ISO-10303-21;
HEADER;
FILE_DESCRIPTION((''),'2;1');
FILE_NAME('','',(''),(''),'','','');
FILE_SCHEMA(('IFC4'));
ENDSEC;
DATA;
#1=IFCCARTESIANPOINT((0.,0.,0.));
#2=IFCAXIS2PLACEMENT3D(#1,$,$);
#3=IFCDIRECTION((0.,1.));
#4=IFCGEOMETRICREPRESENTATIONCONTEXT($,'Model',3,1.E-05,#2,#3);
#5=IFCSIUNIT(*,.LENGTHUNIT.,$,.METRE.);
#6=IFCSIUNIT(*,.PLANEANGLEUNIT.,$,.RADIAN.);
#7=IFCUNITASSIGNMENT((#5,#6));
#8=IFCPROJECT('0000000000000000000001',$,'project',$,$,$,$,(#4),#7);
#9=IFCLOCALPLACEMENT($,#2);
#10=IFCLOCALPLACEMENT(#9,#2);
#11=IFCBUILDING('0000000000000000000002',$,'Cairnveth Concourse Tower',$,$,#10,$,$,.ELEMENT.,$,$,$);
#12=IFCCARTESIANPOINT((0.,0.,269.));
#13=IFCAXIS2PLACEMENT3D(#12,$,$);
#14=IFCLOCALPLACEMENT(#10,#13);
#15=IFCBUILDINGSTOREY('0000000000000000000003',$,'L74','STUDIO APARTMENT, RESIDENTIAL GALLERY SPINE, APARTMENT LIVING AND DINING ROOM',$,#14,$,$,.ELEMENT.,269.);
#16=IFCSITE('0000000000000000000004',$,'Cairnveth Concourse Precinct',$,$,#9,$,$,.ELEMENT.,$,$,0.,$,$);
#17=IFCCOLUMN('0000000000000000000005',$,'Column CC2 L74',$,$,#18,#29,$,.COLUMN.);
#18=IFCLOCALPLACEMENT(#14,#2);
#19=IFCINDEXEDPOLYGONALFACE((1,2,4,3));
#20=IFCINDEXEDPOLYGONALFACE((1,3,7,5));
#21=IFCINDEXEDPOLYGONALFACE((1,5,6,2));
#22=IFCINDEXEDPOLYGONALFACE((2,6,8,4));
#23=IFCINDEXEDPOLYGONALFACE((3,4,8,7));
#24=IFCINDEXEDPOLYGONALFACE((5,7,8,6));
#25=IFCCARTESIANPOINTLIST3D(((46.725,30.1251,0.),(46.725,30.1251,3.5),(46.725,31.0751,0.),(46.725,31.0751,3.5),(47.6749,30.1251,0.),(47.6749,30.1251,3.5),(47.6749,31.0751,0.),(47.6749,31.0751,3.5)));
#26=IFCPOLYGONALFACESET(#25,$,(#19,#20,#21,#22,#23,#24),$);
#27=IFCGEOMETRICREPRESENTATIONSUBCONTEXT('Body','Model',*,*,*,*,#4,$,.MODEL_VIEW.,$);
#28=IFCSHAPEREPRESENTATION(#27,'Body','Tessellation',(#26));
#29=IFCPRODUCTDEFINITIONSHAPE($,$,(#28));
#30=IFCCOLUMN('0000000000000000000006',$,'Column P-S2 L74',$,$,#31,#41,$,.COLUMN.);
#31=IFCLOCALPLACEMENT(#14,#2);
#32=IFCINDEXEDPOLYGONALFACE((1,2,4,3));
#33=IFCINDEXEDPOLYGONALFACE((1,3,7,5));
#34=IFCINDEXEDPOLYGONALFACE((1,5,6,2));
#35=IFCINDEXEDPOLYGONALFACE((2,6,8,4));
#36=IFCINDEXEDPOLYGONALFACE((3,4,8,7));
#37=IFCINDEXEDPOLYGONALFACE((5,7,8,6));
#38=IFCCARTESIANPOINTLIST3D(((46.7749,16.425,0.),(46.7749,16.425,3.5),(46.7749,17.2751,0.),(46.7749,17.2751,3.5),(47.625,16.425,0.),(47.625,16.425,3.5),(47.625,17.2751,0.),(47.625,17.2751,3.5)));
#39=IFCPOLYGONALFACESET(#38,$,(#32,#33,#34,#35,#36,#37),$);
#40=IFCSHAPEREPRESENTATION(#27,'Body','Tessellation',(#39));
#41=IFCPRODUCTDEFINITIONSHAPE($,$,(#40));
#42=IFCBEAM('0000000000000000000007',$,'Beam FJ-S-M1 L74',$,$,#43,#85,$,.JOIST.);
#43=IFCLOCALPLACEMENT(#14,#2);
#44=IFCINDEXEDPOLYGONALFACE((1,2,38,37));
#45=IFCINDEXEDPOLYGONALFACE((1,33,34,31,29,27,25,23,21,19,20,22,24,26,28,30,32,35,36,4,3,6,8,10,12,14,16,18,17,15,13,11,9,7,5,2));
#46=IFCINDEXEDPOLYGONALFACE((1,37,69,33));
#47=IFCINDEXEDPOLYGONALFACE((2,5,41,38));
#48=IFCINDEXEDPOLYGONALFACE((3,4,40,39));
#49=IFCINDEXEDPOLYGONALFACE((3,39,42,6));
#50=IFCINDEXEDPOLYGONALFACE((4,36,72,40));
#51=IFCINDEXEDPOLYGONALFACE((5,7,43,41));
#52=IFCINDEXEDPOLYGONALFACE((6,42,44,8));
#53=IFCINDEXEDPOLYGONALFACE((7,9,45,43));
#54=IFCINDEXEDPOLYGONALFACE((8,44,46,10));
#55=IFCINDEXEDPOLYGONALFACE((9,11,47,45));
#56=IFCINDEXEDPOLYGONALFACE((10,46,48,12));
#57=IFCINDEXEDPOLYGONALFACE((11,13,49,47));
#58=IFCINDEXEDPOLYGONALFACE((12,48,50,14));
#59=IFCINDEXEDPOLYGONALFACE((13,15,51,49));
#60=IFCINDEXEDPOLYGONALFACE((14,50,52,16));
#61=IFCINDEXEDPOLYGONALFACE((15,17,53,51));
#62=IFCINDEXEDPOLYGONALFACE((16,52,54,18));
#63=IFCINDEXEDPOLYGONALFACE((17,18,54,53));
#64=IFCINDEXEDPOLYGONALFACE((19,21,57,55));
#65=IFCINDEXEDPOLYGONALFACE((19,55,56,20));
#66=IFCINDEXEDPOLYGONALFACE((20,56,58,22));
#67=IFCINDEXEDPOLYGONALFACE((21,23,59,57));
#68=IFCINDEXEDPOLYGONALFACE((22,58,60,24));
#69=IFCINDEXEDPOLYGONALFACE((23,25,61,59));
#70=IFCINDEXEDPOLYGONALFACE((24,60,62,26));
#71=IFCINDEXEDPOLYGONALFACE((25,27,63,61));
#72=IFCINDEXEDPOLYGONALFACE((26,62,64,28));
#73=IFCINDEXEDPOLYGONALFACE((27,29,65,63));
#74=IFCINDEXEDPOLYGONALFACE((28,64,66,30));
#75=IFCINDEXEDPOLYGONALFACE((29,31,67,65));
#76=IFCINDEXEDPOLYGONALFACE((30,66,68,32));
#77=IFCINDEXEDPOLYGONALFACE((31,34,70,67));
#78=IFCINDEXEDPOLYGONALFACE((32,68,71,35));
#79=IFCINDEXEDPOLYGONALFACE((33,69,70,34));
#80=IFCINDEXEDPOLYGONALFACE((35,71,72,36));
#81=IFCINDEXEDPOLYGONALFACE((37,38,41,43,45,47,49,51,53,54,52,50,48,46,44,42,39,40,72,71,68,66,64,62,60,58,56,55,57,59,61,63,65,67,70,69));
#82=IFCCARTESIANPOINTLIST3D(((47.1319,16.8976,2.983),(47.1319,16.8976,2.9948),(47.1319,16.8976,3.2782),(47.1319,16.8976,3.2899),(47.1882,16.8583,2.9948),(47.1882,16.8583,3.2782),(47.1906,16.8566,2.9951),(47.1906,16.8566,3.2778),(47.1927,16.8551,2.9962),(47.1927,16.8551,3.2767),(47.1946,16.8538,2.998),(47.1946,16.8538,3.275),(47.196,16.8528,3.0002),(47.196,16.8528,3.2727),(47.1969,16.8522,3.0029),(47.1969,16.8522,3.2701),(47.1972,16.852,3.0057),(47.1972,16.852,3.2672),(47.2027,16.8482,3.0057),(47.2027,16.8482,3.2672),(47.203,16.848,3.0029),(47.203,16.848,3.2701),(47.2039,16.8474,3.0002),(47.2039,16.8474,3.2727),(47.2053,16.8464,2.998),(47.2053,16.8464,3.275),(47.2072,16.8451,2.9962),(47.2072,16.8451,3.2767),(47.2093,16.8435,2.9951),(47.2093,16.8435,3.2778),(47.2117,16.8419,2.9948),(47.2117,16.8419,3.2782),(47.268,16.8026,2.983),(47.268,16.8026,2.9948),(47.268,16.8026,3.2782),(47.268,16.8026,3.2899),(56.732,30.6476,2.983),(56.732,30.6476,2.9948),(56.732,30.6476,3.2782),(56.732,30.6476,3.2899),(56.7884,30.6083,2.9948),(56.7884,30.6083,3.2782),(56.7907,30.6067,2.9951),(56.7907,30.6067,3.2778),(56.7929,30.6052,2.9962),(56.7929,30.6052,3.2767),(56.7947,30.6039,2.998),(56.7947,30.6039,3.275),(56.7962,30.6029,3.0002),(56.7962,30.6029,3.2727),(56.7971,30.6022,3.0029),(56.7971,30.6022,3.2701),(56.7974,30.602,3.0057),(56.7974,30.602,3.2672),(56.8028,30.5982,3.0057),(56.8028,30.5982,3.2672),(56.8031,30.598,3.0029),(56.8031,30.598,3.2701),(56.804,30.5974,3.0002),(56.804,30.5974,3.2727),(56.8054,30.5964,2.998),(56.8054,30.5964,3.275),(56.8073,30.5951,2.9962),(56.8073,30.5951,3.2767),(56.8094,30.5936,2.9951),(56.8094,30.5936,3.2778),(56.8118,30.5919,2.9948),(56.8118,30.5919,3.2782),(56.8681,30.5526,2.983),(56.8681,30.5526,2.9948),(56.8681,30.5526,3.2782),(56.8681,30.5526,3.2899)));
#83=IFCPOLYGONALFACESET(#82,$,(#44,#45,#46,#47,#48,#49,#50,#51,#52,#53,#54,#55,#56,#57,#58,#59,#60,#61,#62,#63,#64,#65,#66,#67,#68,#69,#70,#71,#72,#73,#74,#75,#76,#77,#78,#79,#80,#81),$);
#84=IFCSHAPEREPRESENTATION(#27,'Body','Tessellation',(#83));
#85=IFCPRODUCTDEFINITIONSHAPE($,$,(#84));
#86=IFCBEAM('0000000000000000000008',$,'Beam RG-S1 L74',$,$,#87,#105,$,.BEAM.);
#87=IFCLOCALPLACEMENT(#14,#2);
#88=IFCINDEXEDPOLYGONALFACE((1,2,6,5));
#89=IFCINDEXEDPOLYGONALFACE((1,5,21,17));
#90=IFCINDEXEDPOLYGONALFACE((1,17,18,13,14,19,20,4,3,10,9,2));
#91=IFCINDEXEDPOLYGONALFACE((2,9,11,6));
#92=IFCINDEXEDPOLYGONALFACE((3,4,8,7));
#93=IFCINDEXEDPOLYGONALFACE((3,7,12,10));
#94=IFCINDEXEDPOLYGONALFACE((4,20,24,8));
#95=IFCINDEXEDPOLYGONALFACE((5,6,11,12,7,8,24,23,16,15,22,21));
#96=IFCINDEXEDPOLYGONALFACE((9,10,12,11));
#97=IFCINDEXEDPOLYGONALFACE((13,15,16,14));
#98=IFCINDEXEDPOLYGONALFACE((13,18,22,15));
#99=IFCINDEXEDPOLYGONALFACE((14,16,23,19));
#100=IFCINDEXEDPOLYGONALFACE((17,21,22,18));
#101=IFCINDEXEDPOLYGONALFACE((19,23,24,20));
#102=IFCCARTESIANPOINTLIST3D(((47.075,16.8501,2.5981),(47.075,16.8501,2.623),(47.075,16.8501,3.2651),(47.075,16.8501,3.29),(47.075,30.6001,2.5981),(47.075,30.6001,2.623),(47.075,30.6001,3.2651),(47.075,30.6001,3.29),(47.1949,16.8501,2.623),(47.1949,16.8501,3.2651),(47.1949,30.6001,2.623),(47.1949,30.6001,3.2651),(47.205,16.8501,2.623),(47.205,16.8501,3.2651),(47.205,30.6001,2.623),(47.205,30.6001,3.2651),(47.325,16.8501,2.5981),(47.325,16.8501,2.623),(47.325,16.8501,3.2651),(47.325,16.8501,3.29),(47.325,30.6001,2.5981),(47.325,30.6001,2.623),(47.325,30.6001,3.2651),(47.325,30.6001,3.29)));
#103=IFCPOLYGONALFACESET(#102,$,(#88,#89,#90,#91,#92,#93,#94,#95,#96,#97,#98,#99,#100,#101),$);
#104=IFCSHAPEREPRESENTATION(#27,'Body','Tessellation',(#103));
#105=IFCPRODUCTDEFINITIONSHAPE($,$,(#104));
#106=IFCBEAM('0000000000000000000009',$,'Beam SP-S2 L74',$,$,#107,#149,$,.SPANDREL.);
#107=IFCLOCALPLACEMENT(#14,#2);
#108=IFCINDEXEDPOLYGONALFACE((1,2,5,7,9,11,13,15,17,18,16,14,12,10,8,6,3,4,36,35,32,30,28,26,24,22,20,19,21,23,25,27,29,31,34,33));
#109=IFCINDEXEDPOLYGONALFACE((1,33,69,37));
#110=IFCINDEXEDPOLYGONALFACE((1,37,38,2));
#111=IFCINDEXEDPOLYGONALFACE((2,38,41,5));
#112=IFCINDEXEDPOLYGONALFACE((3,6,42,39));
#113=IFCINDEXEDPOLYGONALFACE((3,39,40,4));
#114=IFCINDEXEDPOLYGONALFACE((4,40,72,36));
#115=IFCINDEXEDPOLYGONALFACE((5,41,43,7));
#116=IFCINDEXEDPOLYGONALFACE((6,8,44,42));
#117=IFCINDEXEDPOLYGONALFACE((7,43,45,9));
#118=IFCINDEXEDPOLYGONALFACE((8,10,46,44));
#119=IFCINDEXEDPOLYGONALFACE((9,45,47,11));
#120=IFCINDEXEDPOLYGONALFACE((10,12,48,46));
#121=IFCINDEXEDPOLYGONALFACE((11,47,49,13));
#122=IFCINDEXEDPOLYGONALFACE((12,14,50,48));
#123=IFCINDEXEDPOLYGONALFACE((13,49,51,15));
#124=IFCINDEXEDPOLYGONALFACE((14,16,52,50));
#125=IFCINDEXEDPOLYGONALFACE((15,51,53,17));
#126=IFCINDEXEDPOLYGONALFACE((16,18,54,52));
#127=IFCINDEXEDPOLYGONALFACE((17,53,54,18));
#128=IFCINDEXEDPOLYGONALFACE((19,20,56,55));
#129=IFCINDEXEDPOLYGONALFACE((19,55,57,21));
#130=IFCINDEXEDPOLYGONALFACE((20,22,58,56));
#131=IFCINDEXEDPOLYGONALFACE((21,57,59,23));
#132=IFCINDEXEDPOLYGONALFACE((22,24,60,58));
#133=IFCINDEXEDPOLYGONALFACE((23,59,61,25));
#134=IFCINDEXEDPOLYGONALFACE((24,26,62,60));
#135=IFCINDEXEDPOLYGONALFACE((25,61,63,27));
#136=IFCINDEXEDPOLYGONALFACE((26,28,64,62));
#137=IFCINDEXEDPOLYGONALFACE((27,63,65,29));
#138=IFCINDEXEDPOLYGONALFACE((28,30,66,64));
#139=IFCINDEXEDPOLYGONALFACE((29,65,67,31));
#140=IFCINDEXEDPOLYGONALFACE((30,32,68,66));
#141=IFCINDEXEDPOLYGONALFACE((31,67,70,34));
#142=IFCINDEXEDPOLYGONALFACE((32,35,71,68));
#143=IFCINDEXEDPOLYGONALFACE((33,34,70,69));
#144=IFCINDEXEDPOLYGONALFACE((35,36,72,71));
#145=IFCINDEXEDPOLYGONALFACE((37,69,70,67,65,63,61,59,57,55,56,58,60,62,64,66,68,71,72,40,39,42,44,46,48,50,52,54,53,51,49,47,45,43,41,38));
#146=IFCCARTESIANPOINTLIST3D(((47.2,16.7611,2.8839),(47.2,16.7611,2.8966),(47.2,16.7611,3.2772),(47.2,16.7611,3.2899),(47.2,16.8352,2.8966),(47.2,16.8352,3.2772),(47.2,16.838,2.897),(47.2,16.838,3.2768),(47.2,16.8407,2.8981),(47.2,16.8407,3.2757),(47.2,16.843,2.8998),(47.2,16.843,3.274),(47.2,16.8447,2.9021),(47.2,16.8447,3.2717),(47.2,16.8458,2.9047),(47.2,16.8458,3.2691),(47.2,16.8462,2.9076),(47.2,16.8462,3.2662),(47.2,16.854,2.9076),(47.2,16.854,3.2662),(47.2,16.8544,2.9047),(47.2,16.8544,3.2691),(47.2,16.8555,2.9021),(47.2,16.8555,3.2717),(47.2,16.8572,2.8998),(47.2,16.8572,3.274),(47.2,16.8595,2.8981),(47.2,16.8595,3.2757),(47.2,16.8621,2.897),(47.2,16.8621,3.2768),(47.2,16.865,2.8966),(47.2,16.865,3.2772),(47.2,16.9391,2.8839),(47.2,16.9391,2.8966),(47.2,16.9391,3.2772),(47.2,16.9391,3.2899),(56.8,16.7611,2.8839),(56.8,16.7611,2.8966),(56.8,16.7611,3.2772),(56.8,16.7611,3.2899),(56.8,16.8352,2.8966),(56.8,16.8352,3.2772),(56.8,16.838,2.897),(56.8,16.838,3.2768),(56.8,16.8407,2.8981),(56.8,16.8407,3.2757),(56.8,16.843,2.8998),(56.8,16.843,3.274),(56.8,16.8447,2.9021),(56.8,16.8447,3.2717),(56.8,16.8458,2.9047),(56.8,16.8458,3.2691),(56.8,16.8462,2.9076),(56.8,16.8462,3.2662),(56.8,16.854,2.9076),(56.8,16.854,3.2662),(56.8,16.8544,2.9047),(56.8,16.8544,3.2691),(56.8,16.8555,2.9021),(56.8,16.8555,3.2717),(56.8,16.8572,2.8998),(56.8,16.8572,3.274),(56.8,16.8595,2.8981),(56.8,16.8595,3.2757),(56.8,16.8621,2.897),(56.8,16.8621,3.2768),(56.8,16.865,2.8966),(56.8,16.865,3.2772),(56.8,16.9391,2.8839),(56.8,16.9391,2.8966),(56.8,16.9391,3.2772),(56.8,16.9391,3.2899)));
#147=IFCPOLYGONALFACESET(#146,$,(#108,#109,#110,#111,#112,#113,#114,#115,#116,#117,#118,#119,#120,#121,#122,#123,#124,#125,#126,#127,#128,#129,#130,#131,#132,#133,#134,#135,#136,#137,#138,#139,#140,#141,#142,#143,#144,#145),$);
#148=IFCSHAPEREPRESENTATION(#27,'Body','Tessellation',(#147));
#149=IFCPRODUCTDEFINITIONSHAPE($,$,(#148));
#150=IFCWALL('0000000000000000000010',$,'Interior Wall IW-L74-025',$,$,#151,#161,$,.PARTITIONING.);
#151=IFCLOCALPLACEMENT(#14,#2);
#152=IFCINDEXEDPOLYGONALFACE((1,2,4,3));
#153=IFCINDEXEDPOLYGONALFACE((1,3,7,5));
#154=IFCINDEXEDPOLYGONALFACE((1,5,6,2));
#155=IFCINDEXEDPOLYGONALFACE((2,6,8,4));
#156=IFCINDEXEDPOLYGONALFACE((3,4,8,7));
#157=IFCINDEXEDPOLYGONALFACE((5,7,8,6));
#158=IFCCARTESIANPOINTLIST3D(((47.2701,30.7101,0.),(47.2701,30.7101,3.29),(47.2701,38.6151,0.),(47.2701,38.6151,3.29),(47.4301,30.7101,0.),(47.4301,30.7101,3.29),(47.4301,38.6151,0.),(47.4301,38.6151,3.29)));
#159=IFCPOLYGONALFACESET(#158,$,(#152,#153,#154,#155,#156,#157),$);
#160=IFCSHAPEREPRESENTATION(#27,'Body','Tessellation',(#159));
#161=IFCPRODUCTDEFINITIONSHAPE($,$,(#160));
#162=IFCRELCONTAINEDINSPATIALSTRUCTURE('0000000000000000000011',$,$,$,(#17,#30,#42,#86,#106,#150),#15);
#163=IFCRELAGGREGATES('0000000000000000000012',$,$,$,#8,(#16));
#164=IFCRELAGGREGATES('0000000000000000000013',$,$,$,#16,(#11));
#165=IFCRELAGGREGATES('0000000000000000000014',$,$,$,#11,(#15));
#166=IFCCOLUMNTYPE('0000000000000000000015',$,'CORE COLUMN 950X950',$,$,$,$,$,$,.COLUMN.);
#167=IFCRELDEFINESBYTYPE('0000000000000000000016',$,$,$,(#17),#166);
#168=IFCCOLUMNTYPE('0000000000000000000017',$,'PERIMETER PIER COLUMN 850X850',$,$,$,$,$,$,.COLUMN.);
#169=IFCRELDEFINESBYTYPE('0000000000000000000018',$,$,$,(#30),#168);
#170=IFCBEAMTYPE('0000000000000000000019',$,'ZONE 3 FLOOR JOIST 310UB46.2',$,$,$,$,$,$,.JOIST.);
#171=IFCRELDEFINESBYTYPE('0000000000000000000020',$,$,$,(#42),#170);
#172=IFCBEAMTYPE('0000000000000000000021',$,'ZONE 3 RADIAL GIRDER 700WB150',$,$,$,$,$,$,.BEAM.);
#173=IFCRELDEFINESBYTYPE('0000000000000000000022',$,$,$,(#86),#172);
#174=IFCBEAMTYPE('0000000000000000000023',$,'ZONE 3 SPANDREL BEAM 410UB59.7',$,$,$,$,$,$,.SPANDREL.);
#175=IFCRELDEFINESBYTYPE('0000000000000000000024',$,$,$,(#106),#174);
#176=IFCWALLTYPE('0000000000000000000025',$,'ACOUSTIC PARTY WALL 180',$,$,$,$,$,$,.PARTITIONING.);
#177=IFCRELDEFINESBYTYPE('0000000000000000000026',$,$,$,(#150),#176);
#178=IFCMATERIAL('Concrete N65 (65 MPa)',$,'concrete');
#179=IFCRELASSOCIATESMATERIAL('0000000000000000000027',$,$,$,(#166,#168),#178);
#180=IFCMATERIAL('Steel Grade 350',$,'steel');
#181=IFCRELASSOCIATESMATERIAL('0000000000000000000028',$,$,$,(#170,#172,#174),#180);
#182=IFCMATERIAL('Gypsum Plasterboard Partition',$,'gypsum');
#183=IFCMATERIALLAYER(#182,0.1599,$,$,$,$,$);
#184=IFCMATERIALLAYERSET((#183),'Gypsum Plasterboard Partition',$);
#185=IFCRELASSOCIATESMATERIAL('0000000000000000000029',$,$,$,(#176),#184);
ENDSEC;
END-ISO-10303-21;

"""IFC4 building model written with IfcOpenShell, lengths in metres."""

from ifc_helpers import new_model, si_unit, direction, frame, frame_2d, origin, origin_2d, place, context, subcontext, project, spatial, rectangle, i_section, extrude, material, layer, layer_set, material_profile, profile_set, type_object, element, save


model = new_model("IFC4")

# Units and contexts
model_context = context("Model", 3, precision=1e-05, world=origin(), true_north=direction((0.0, 1.0)))
body_context = subcontext(model_context, "Body", "Model", "MODEL_VIEW")
ifc_project = project(units=[si_unit("LENGTHUNIT", "METRE"), si_unit("PLANEANGLEUNIT", "RADIAN")], contexts=[model_context])

# Site, building, storey
site_placement = place(None, origin())
site = spatial("IfcSite", under=ifc_project, at=site_placement, Name="Cairnveth Concourse Precinct", CompositionType="ELEMENT", RefElevation=0.0)
building_placement = place(site_placement, origin())
building = spatial("IfcBuilding", under=site, at=building_placement, Name="Cairnveth Concourse Tower", CompositionType="ELEMENT")
storey_placement = place(building_placement, frame((0.0, 0.0, 269.0)))
storey = spatial("IfcBuildingStorey", under=building, at=storey_placement, Name="L74", Description="STUDIO APARTMENT, RESIDENTIAL GALLERY SPINE, APARTMENT LIVING AND DINING ROOM", CompositionType="ELEMENT", Elevation=269.0)

# Columns
ifc_material_1 = material(Name="Concrete N65 (65 MPa)", Category="concrete")
ifc_material_profile_1 = material_profile(ifc_material_1, rectangle(XDim=0.95, YDim=0.95, at=origin_2d()), Name="RC-COL-950x950")
ifc_profile_set_1 = profile_set([ifc_material_profile_1], Name="Concrete N65 (65 MPa)")
column_type_1 = type_object("IfcColumnType", Name="CORE COLUMN 950X950", PredefinedType="COLUMN", material=ifc_profile_set_1)
column_1_placement = place(storey_placement, frame((47.2, 30.6001, 0.0), z_axis=(0.0, 0.0, 1.0), x_axis=(1.0, 0.0, 0.0)))
element("IfcColumn", 1, at=column_1_placement, inside=storey, type_object=column_type_1, Name="Column CC2 L74", PredefinedType="COLUMN", context=body_context, shape_type="SweptSolid", body=[
    extrude(rectangle(XDim=0.95, YDim=0.95, at=origin_2d()), origin(), (0.0, 0.0, 1.0), 3.5),
])
ifc_material_profile_2 = material_profile(ifc_material_1, rectangle(XDim=0.8501, YDim=0.8501, at=origin_2d()), Name="RC-COL-850x850")
ifc_profile_set_2 = profile_set([ifc_material_profile_2], Name="Concrete N65 (65 MPa)")
column_type_2 = type_object("IfcColumnType", Name="PERIMETER PIER COLUMN 850X850", PredefinedType="COLUMN", material=ifc_profile_set_2)
column_2_placement = place(storey_placement, frame((47.2, 16.8501, 0.0), z_axis=(0.0, 0.0, 1.0), x_axis=(1.0, 0.0, 0.0)))
element("IfcColumn", 2, at=column_2_placement, inside=storey, type_object=column_type_2, Name="Column P-S2 L74", PredefinedType="COLUMN", context=body_context, shape_type="SweptSolid", body=[
    extrude(rectangle(XDim=0.8501, YDim=0.8501, at=origin_2d()), origin(), (0.0, 0.0, 1.0), 3.5),
])

# Beams
ifc_material_2 = material(Name="Steel Grade 350", Category="steel")
ifc_material_profile_3 = material_profile(ifc_material_2, i_section(OverallWidth=0.166, OverallDepth=0.3069, WebThickness=0.0066, FlangeThickness=0.0117, FilletRadius=0.011, at=origin_2d()), Name="310UB46.2")
ifc_profile_set_3 = profile_set([ifc_material_profile_3], Name="Steel Grade 350")
beam_type_1 = type_object("IfcBeamType", Name="ZONE 3 FLOOR JOIST 310UB46.2", PredefinedType="JOIST", material=ifc_profile_set_3)
beam_1_placement = place(storey_placement, frame((47.2, 16.8501, 3.1365), z_axis=(0.572465, 0.819929, 0.0), x_axis=(-0.819929, 0.572465, 0.0)))
element("IfcBeam", 3, at=beam_1_placement, inside=storey, type_object=beam_type_1, Name="Beam FJ-S-M1 L74", PredefinedType="JOIST", context=body_context, shape_type="SweptSolid", body=[
    extrude(i_section(OverallWidth=0.166, OverallDepth=0.3069, WebThickness=0.0066, FlangeThickness=0.0117, FilletRadius=0.011, at=origin_2d()), origin(), (0.0, 0.0, 1.0), 16.7698),
])
ifc_material_profile_4 = material_profile(ifc_material_2, i_section(OverallWidth=0.25, OverallDepth=0.6919, WebThickness=0.01, FlangeThickness=0.0249, at=origin_2d()), Name="700WB150")
ifc_profile_set_4 = profile_set([ifc_material_profile_4], Name="Steel Grade 350")
beam_type_2 = type_object("IfcBeamType", Name="ZONE 3 RADIAL GIRDER 700WB150", PredefinedType="BEAM", material=ifc_profile_set_4)
beam_2_placement = place(storey_placement, frame((47.2, 16.8501, 2.9441), z_axis=(0.0, 1.0, 0.0), x_axis=(-1.0, 0.0, 0.0)))
element("IfcBeam", 4, at=beam_2_placement, inside=storey, type_object=beam_type_2, Name="Beam RG-S1 L74", PredefinedType="BEAM", context=body_context, shape_type="SweptSolid", body=[
    extrude(i_section(OverallWidth=0.25, OverallDepth=0.6919, WebThickness=0.01, FlangeThickness=0.0249, at=origin_2d()), origin(), (0.0, 0.0, 1.0), 13.75),
])
ifc_material_profile_5 = material_profile(ifc_material_2, i_section(OverallWidth=0.178, OverallDepth=0.406, WebThickness=0.0078, FlangeThickness=0.0127, FilletRadius=0.011, at=origin_2d()), Name="410UB59.7")
ifc_profile_set_5 = profile_set([ifc_material_profile_5], Name="Steel Grade 350")
beam_type_3 = type_object("IfcBeamType", Name="ZONE 3 SPANDREL BEAM 410UB59.7", PredefinedType="SPANDREL", material=ifc_profile_set_5)
beam_3_placement = place(storey_placement, frame((47.2, 16.8501, 3.0869), z_axis=(1.0, 0.0, 0.0), x_axis=(0.0, 1.0, 0.0)))
element("IfcBeam", 5, at=beam_3_placement, inside=storey, type_object=beam_type_3, Name="Beam SP-S2 L74", PredefinedType="SPANDREL", context=body_context, shape_type="SweptSolid", body=[
    extrude(i_section(OverallWidth=0.178, OverallDepth=0.406, WebThickness=0.0078, FlangeThickness=0.0127, FilletRadius=0.011, at=origin_2d()), origin(), (0.0, 0.0, 1.0), 9.6001),
])

# Wall
ifc_material_3 = material(Name="Gypsum Plasterboard Partition", Category="gypsum")
ifc_layer_1 = layer(ifc_material_3, 0.1599)
ifc_layer_set_1 = layer_set([ifc_layer_1], Name="Gypsum Plasterboard Partition")
wall_type_1 = type_object("IfcWallType", Name="ACOUSTIC PARTY WALL 180", PredefinedType="PARTITIONING", material=ifc_layer_set_1)
wall_1_placement = place(storey_placement, frame((47.3501, 30.71, 0.0), z_axis=(0.0, 0.0, 1.0), x_axis=(0.0, 1.0, 0.0)))
element("IfcWall", 6, at=wall_1_placement, inside=storey, type_object=wall_type_1, Name="Interior Wall IW-L74-025", PredefinedType="PARTITIONING", context=body_context, shape_type="SweptSolid", body=[
    extrude(rectangle(XDim=7.905, YDim=0.1599, at=frame_2d((3.9526, 0.0))), origin(), (0.0, 0.0, 1.0), 3.29),
])

save(model, "model.ifc")
